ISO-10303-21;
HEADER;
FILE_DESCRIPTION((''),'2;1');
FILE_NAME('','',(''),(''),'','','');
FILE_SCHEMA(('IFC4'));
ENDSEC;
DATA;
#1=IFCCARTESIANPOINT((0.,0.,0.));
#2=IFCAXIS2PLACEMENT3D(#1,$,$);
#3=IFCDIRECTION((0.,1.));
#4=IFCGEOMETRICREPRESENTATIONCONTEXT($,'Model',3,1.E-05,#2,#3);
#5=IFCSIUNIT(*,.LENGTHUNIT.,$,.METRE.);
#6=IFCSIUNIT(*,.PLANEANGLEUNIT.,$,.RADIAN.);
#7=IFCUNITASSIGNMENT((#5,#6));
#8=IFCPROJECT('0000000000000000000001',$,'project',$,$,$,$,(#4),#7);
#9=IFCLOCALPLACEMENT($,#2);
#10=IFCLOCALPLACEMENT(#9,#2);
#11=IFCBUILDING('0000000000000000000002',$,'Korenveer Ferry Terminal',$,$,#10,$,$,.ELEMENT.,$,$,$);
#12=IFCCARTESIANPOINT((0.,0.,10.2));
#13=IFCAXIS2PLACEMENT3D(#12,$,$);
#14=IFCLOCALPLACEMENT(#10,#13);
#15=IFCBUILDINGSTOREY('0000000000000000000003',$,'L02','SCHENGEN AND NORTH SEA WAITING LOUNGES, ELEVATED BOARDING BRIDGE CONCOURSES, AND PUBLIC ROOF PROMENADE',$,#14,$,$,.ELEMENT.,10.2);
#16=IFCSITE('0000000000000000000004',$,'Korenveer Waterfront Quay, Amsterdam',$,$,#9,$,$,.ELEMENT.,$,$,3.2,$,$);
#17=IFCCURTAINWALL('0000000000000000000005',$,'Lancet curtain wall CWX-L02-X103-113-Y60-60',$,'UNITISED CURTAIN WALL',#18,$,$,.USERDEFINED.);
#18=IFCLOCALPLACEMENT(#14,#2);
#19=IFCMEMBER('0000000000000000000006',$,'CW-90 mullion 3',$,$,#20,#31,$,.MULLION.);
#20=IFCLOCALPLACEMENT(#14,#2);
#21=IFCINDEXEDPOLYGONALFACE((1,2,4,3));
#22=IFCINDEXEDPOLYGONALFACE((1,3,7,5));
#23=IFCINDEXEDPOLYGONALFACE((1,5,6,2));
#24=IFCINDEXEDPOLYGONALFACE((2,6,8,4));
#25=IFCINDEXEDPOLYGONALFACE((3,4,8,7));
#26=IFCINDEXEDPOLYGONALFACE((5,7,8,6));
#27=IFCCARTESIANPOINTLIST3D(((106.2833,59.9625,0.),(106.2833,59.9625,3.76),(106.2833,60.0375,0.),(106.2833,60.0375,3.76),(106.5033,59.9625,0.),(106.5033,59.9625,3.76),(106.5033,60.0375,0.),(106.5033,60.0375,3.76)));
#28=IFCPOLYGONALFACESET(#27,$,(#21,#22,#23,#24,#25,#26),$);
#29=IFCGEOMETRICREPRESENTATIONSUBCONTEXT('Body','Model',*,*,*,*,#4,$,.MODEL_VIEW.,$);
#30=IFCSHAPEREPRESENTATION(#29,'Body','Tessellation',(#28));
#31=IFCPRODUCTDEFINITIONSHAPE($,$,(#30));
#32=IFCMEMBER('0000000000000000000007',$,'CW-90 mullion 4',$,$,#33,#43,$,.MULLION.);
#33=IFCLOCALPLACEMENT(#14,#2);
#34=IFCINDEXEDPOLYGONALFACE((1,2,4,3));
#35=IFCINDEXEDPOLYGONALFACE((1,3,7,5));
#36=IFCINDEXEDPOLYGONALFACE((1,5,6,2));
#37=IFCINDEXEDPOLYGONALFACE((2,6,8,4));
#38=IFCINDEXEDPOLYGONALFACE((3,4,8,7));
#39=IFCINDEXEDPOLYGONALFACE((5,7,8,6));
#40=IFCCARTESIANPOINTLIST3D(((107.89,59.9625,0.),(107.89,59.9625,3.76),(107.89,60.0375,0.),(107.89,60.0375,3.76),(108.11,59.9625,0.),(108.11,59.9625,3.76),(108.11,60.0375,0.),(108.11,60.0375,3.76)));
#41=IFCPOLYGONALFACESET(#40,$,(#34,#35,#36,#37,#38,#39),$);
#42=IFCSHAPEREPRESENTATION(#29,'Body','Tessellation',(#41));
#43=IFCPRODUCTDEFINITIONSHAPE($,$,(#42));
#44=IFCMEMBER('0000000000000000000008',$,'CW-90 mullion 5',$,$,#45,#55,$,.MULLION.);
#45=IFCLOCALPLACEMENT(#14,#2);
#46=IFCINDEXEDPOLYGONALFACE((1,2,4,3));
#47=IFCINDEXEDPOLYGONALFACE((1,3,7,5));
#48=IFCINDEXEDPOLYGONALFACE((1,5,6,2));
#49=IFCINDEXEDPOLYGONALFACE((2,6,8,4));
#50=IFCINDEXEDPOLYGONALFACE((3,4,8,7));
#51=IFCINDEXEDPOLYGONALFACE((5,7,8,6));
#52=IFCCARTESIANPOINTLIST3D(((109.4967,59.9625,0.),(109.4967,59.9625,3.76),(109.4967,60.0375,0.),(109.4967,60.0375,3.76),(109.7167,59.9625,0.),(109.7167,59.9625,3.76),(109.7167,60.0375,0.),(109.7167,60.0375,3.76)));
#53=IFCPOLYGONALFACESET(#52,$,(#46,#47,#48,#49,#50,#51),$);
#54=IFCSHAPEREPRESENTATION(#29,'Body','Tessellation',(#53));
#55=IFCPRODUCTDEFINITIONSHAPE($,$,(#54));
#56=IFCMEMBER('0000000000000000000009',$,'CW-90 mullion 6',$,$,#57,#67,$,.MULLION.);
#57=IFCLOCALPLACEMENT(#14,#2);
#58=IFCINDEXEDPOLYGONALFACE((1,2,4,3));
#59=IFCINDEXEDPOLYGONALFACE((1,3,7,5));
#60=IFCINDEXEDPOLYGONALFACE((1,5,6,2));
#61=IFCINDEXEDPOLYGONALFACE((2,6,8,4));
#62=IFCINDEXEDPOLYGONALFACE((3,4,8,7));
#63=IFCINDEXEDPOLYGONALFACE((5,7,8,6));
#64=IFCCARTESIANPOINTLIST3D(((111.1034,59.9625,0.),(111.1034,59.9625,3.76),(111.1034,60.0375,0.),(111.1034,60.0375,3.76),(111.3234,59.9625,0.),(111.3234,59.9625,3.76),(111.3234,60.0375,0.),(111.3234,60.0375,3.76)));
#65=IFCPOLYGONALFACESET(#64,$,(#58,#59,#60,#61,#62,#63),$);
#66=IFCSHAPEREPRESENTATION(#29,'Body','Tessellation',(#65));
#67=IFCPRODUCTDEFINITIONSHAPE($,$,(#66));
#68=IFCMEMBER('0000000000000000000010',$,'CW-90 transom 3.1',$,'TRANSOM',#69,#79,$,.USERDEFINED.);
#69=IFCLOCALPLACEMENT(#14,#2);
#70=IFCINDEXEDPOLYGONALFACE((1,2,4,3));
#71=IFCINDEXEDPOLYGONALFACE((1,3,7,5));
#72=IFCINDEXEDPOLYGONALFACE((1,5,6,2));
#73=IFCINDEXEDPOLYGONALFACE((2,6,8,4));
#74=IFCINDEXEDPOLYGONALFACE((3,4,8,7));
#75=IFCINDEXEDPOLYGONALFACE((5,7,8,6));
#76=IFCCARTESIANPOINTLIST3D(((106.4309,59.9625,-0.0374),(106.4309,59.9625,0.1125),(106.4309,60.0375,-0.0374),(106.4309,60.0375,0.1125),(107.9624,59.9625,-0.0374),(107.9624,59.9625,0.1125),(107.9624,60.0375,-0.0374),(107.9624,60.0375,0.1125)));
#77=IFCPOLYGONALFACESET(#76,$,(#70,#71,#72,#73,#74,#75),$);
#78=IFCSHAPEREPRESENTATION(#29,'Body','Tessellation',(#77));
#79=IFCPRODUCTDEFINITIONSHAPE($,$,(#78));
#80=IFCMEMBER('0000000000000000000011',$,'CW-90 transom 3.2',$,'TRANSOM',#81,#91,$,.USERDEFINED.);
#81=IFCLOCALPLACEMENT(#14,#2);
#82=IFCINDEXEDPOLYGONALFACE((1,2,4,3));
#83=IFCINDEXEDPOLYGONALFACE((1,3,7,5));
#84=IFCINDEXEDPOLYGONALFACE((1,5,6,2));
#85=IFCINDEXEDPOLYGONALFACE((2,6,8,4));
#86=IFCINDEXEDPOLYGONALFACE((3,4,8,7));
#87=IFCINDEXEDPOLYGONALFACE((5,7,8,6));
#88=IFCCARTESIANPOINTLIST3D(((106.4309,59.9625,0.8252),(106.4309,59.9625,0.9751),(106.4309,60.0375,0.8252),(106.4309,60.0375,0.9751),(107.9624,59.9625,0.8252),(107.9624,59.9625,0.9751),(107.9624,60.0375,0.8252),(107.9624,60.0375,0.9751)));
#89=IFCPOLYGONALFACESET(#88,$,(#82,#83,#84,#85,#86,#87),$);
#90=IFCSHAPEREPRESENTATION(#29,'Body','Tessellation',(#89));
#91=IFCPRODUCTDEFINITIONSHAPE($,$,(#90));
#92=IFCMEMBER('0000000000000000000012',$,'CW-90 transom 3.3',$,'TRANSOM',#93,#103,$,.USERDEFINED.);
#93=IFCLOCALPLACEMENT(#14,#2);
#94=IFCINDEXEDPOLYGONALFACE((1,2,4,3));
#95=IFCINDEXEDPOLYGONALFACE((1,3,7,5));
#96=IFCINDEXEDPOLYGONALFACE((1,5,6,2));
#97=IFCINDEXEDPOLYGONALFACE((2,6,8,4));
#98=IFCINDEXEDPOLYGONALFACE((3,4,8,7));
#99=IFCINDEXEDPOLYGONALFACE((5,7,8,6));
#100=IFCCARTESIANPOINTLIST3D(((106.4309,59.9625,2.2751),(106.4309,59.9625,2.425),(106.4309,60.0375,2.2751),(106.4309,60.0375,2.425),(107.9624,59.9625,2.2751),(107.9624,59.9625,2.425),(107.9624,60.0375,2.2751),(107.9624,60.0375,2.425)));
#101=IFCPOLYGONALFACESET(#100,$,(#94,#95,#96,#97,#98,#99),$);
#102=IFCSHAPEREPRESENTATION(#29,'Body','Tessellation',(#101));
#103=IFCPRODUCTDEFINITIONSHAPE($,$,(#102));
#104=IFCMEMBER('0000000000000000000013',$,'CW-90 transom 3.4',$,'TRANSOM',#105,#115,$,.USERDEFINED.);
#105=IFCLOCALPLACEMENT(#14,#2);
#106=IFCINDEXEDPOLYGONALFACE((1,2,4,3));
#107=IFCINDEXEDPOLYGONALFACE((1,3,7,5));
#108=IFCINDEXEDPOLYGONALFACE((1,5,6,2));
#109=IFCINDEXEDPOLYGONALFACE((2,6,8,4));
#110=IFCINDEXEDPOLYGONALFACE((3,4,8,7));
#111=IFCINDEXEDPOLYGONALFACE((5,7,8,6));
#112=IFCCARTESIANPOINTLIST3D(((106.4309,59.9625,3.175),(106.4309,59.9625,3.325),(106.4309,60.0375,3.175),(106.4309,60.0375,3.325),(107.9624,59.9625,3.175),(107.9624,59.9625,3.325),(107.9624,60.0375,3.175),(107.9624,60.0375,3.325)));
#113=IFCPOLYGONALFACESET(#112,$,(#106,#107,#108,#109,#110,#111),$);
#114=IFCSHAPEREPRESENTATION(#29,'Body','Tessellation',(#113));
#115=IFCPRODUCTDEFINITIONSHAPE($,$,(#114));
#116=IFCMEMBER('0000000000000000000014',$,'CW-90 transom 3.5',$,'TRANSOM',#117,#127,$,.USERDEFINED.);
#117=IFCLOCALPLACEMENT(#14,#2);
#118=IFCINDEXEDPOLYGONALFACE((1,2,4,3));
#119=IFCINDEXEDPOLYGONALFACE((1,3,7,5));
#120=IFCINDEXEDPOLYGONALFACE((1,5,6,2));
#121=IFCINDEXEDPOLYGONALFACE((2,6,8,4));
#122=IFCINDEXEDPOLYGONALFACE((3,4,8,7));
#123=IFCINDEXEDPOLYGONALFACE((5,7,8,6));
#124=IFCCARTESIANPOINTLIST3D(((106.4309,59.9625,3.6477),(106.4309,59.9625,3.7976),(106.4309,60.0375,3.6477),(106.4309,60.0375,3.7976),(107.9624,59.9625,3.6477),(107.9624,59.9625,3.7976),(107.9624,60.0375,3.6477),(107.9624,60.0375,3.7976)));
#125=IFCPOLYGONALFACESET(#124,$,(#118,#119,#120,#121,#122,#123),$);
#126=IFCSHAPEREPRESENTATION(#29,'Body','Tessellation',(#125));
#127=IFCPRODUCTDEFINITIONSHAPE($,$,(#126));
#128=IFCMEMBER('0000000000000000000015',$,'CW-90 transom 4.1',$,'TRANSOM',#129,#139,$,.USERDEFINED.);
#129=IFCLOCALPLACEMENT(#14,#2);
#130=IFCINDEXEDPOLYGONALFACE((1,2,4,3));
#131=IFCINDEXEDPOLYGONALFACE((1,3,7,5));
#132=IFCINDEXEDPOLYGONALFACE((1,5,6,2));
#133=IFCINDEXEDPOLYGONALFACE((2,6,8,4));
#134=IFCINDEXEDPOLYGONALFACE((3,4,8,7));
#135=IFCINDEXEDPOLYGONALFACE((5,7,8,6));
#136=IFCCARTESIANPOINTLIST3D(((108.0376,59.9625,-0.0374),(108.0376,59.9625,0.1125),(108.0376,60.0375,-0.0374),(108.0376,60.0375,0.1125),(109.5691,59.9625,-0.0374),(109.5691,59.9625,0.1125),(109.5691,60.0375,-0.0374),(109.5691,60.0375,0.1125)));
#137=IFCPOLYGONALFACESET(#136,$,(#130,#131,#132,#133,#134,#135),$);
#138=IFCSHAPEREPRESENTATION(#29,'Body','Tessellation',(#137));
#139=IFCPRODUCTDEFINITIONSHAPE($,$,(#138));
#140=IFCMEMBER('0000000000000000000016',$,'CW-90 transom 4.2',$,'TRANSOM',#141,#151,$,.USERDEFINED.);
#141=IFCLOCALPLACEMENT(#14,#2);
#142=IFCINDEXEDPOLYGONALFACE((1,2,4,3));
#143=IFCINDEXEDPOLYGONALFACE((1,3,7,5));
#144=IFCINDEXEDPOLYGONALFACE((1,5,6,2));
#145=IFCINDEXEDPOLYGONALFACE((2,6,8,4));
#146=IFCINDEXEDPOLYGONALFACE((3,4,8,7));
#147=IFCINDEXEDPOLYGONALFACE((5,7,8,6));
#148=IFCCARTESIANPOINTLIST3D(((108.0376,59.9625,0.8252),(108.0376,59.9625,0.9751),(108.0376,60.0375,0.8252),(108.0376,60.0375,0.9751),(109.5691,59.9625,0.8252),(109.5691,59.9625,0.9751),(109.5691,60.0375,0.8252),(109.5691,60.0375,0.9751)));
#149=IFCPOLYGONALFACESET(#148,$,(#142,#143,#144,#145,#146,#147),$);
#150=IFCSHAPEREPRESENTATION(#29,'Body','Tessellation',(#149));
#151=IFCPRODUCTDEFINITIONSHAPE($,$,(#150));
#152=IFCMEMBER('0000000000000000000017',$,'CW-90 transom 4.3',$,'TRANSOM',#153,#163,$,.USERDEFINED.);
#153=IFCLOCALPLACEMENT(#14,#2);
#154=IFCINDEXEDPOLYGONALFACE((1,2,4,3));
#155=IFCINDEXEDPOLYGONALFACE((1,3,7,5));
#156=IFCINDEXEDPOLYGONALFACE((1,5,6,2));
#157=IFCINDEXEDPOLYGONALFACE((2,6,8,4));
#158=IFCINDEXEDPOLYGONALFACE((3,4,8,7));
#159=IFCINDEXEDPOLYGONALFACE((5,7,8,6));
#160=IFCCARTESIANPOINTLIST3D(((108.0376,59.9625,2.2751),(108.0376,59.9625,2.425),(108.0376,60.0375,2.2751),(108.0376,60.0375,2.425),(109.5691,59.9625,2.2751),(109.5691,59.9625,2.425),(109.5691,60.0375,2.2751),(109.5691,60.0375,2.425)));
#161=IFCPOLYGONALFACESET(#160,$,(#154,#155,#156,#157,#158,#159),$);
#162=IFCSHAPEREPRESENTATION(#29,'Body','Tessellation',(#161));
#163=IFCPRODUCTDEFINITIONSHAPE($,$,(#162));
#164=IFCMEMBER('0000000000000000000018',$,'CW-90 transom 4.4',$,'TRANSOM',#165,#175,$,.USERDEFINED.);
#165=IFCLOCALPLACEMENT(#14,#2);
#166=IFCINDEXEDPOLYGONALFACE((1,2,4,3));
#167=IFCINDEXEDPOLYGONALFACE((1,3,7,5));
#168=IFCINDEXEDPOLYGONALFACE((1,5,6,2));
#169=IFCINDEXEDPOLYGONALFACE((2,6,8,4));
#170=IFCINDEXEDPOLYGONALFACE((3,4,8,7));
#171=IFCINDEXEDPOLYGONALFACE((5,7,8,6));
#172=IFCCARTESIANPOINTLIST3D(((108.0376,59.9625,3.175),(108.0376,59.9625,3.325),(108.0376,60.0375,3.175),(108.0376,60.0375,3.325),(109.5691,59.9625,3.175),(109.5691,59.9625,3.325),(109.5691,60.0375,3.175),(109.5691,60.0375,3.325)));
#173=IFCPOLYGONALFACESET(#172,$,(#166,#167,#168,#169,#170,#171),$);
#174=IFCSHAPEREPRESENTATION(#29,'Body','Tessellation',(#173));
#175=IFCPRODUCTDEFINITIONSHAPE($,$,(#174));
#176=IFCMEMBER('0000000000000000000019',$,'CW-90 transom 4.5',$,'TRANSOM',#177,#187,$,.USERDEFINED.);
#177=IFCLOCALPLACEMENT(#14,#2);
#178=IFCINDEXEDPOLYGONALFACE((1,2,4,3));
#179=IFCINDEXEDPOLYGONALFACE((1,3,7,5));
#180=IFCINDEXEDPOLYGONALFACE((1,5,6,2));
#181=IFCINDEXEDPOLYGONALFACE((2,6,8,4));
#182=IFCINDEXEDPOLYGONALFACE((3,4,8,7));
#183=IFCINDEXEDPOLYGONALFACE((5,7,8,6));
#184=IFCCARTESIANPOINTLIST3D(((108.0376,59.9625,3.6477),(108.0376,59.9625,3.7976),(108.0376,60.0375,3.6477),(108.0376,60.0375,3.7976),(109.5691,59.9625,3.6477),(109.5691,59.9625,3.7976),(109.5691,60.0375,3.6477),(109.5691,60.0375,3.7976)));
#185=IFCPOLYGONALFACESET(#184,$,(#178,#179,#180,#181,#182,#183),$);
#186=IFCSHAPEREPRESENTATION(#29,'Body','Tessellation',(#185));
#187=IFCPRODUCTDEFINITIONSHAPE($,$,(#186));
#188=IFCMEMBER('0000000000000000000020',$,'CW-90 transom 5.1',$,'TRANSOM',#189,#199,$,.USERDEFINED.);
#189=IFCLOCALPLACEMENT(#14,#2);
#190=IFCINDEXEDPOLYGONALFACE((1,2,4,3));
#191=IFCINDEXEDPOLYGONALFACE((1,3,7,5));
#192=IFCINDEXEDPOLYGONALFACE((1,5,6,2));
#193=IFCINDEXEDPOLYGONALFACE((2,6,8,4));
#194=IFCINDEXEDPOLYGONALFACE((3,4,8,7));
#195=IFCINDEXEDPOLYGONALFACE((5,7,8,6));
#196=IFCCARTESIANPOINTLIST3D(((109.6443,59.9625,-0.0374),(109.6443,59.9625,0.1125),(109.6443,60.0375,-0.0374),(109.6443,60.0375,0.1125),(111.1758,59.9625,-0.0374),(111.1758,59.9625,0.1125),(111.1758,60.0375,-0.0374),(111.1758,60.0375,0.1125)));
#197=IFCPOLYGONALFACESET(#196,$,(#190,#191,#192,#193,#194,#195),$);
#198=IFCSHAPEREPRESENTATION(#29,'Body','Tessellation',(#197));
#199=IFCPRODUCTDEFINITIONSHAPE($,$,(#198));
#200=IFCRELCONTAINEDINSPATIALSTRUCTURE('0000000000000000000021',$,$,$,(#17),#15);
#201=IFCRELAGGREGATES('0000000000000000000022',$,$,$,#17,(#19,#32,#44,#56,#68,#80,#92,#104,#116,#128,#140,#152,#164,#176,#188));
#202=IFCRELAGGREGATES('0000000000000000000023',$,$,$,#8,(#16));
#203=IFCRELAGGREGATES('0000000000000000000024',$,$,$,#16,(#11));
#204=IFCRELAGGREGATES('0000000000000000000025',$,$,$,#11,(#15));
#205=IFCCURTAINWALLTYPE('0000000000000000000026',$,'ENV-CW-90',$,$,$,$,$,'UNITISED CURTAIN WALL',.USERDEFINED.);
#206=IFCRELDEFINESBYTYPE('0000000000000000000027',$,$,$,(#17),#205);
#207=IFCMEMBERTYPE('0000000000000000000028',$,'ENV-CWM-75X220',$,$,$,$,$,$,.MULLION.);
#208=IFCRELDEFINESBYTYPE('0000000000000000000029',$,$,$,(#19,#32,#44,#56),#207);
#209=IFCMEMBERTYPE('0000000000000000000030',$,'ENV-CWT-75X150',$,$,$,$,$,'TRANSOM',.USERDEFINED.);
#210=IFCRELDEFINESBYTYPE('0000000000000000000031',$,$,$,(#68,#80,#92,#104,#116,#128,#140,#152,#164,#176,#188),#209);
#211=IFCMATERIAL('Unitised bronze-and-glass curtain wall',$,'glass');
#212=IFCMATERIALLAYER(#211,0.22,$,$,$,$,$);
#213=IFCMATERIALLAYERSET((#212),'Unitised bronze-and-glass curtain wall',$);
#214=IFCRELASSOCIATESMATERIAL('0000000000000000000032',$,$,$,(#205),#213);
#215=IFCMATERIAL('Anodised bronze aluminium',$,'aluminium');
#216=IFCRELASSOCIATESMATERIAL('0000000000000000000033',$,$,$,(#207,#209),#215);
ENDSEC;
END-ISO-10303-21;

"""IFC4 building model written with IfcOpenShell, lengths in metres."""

from ifc_helpers import new_model, si_unit, direction, frame, origin, origin_2d, place, context, subcontext, project, spatial, rectangle, extrude, material, layer, layer_set, material_profile, profile_set, type_object, element, aggregate, save


model = new_model("IFC4")

# Units and contexts
model_context = context("Model", 3, precision=1e-05, world=origin(), true_north=direction((0.0, 1.0)))
body_context = subcontext(model_context, "Body", "Model", "MODEL_VIEW")
ifc_project = project(units=[si_unit("LENGTHUNIT", "METRE"), si_unit("PLANEANGLEUNIT", "RADIAN")], contexts=[model_context])

# Site, building, storey
site_placement = place(None, origin())
site = spatial("IfcSite", under=ifc_project, at=site_placement, Name="Korenveer Waterfront Quay, Amsterdam", CompositionType="ELEMENT", RefElevation=3.2)
building_placement = place(site_placement, origin())
building = spatial("IfcBuilding", under=site, at=building_placement, Name="Korenveer Ferry Terminal", CompositionType="ELEMENT")
storey_placement = place(building_placement, frame((0.0, 0.0, 10.2)))
storey = spatial("IfcBuildingStorey", under=building, at=storey_placement, Name="L02", Description="SCHENGEN AND NORTH SEA WAITING LOUNGES, ELEVATED BOARDING BRIDGE CONCOURSES, AND PUBLIC ROOF PROMENADE", CompositionType="ELEMENT", Elevation=10.2)

# Curtain wall, members
ifc_material_1 = material(Name="Unitised bronze-and-glass curtain wall", Category="glass")
ifc_layer_1 = layer(ifc_material_1, 0.22)
ifc_layer_set_1 = layer_set([ifc_layer_1], Name="Unitised bronze-and-glass curtain wall")
curtain_wall_type = type_object("IfcCurtainWallType", Name="ENV-CW-90", ElementType="UNITISED CURTAIN WALL", PredefinedType="USERDEFINED", material=ifc_layer_set_1)
curtain_wall_placement = place(storey_placement, frame((103.1799, 60.0, 0.0)))
curtain_wall = element("IfcCurtainWall", 1, at=curtain_wall_placement, inside=storey, type_object=curtain_wall_type, Name="Lancet curtain wall CWX-L02-X103-113-Y60-60", ObjectType="UNITISED CURTAIN WALL", PredefinedType="USERDEFINED")
ifc_material_2 = material(Name="Anodised bronze aluminium", Category="aluminium")
ifc_material_profile_1 = material_profile(ifc_material_2, rectangle(XDim=0.075, YDim=0.22, at=origin_2d()), Name="ALU 75x220")
ifc_profile_set_1 = profile_set([ifc_material_profile_1], Name="Anodised bronze aluminium")
member_type_1 = type_object("IfcMemberType", Name="ENV-CWM-75X220", PredefinedType="MULLION", material=ifc_profile_set_1)
member_1_placement = place(storey_placement, frame((106.3933, 60.0, 0.0), z_axis=(0.0, 0.0, 1.0), x_axis=(0.0, 1.0, 0.0)))
member_1 = element("IfcMember", 2, at=member_1_placement, type_object=member_type_1, Name="CW-90 mullion 3", PredefinedType="MULLION", context=body_context, shape_type="SweptSolid", body=[
    extrude(rectangle(XDim=0.075, YDim=0.22, at=origin_2d()), origin(), (0.0, 0.0, 1.0), 3.76),
])
member_2_placement = place(storey_placement, frame((108.0, 60.0, 0.0), z_axis=(0.0, 0.0, 1.0), x_axis=(0.0, 1.0, 0.0)))
member_2 = element("IfcMember", 3, at=member_2_placement, type_object=member_type_1, Name="CW-90 mullion 4", PredefinedType="MULLION", context=body_context, shape_type="SweptSolid", body=[
    extrude(rectangle(XDim=0.075, YDim=0.22, at=origin_2d()), origin(), (0.0, 0.0, 1.0), 3.76),
])
member_3_placement = place(storey_placement, frame((109.6067, 60.0, 0.0), z_axis=(0.0, 0.0, 1.0), x_axis=(0.0, 1.0, 0.0)))
member_3 = element("IfcMember", 4, at=member_3_placement, type_object=member_type_1, Name="CW-90 mullion 5", PredefinedType="MULLION", context=body_context, shape_type="SweptSolid", body=[
    extrude(rectangle(XDim=0.075, YDim=0.22, at=origin_2d()), origin(), (0.0, 0.0, 1.0), 3.76),
])
member_4_placement = place(storey_placement, frame((111.2134, 60.0, 0.0), z_axis=(0.0, 0.0, 1.0), x_axis=(0.0, 1.0, 0.0)))
member_4 = element("IfcMember", 5, at=member_4_placement, type_object=member_type_1, Name="CW-90 mullion 6", PredefinedType="MULLION", context=body_context, shape_type="SweptSolid", body=[
    extrude(rectangle(XDim=0.075, YDim=0.22, at=origin_2d()), origin(), (0.0, 0.0, 1.0), 3.76),
])
ifc_material_profile_2 = material_profile(ifc_material_2, rectangle(XDim=0.075, YDim=0.1499, at=origin_2d()), Name="ALU 75x150")
ifc_profile_set_2 = profile_set([ifc_material_profile_2], Name="Anodised bronze aluminium")
member_type_2 = type_object("IfcMemberType", Name="ENV-CWT-75X150", ElementType="TRANSOM", PredefinedType="USERDEFINED", material=ifc_profile_set_2)
member_5_placement = place(storey_placement, frame((106.4309, 60.0, 0.0376), z_axis=(1.0, 0.0, 0.0), x_axis=(0.0, 1.0, 0.0)))
member_5 = element("IfcMember", 6, at=member_5_placement, type_object=member_type_2, Name="CW-90 transom 3.1", ObjectType="TRANSOM", PredefinedType="USERDEFINED", context=body_context, shape_type="SweptSolid", body=[
    extrude(rectangle(XDim=0.075, YDim=0.1499, at=origin_2d()), origin(), (0.0, 0.0, 1.0), 1.5315),
])
member_6_placement = place(storey_placement, frame((106.4309, 60.0, 0.9001), z_axis=(1.0, 0.0, 0.0), x_axis=(0.0, 1.0, 0.0)))
member_6 = element("IfcMember", 7, at=member_6_placement, type_object=member_type_2, Name="CW-90 transom 3.2", ObjectType="TRANSOM", PredefinedType="USERDEFINED", context=body_context, shape_type="SweptSolid", body=[
    extrude(rectangle(XDim=0.075, YDim=0.1499, at=origin_2d()), origin(), (0.0, 0.0, 1.0), 1.5315),
])
member_7_placement = place(storey_placement, frame((106.4309, 60.0, 2.3501), z_axis=(1.0, 0.0, 0.0), x_axis=(0.0, 1.0, 0.0)))
member_7 = element("IfcMember", 8, at=member_7_placement, type_object=member_type_2, Name="CW-90 transom 3.3", ObjectType="TRANSOM", PredefinedType="USERDEFINED", context=body_context, shape_type="SweptSolid", body=[
    extrude(rectangle(XDim=0.075, YDim=0.1499, at=origin_2d()), origin(), (0.0, 0.0, 1.0), 1.5315),
])
member_8_placement = place(storey_placement, frame((106.4309, 60.0, 3.25), z_axis=(1.0, 0.0, 0.0), x_axis=(0.0, 1.0, 0.0)))
member_8 = element("IfcMember", 9, at=member_8_placement, type_object=member_type_2, Name="CW-90 transom 3.4", ObjectType="TRANSOM", PredefinedType="USERDEFINED", context=body_context, shape_type="SweptSolid", body=[
    extrude(rectangle(XDim=0.075, YDim=0.1499, at=origin_2d()), origin(), (0.0, 0.0, 1.0), 1.5315),
])
member_9_placement = place(storey_placement, frame((106.4309, 60.0, 3.7227), z_axis=(1.0, 0.0, 0.0), x_axis=(0.0, 1.0, 0.0)))
member_9 = element("IfcMember", 10, at=member_9_placement, type_object=member_type_2, Name="CW-90 transom 3.5", ObjectType="TRANSOM", PredefinedType="USERDEFINED", context=body_context, shape_type="SweptSolid", body=[
    extrude(rectangle(XDim=0.075, YDim=0.1499, at=origin_2d()), origin(), (0.0, 0.0, 1.0), 1.5315),
])
member_10_placement = place(storey_placement, frame((108.0376, 60.0, 0.0376), z_axis=(1.0, 0.0, 0.0), x_axis=(0.0, 1.0, 0.0)))
member_10 = element("IfcMember", 11, at=member_10_placement, type_object=member_type_2, Name="CW-90 transom 4.1", ObjectType="TRANSOM", PredefinedType="USERDEFINED", context=body_context, shape_type="SweptSolid", body=[
    extrude(rectangle(XDim=0.075, YDim=0.1499, at=origin_2d()), origin(), (0.0, 0.0, 1.0), 1.5315),
])
member_11_placement = place(storey_placement, frame((108.0376, 60.0, 0.9001), z_axis=(1.0, 0.0, 0.0), x_axis=(0.0, 1.0, 0.0)))
member_11 = element("IfcMember", 12, at=member_11_placement, type_object=member_type_2, Name="CW-90 transom 4.2", ObjectType="TRANSOM", PredefinedType="USERDEFINED", context=body_context, shape_type="SweptSolid", body=[
    extrude(rectangle(XDim=0.075, YDim=0.1499, at=origin_2d()), origin(), (0.0, 0.0, 1.0), 1.5315),
])
member_12_placement = place(storey_placement, frame((108.0376, 60.0, 2.3501), z_axis=(1.0, 0.0, 0.0), x_axis=(0.0, 1.0, 0.0)))
member_12 = element("IfcMember", 13, at=member_12_placement, type_object=member_type_2, Name="CW-90 transom 4.3", ObjectType="TRANSOM", PredefinedType="USERDEFINED", context=body_context, shape_type="SweptSolid", body=[
    extrude(rectangle(XDim=0.075, YDim=0.1499, at=origin_2d()), origin(), (0.0, 0.0, 1.0), 1.5315),
])
member_13_placement = place(storey_placement, frame((108.0376, 60.0, 3.25), z_axis=(1.0, 0.0, 0.0), x_axis=(0.0, 1.0, 0.0)))
member_13 = element("IfcMember", 14, at=member_13_placement, type_object=member_type_2, Name="CW-90 transom 4.4", ObjectType="TRANSOM", PredefinedType="USERDEFINED", context=body_context, shape_type="SweptSolid", body=[
    extrude(rectangle(XDim=0.075, YDim=0.1499, at=origin_2d()), origin(), (0.0, 0.0, 1.0), 1.5315),
])
member_14_placement = place(storey_placement, frame((108.0376, 60.0, 3.7227), z_axis=(1.0, 0.0, 0.0), x_axis=(0.0, 1.0, 0.0)))
member_14 = element("IfcMember", 15, at=member_14_placement, type_object=member_type_2, Name="CW-90 transom 4.5", ObjectType="TRANSOM", PredefinedType="USERDEFINED", context=body_context, shape_type="SweptSolid", body=[
    extrude(rectangle(XDim=0.075, YDim=0.1499, at=origin_2d()), origin(), (0.0, 0.0, 1.0), 1.5315),
])
member_15_placement = place(storey_placement, frame((109.6443, 60.0, 0.0376), z_axis=(1.0, 0.0, 0.0), x_axis=(0.0, 1.0, 0.0)))
member_15 = element("IfcMember", 16, at=member_15_placement, type_object=member_type_2, Name="CW-90 transom 5.1", ObjectType="TRANSOM", PredefinedType="USERDEFINED", context=body_context, shape_type="SweptSolid", body=[
    extrude(rectangle(XDim=0.075, YDim=0.1499, at=origin_2d()), origin(), (0.0, 0.0, 1.0), 1.5315),
])
aggregate(curtain_wall, [member_1, member_2, member_3, member_4, member_5, member_6, member_7, member_8, member_9, member_10, member_11, member_12, member_13, member_14, member_15])

save(model, "model.ifc")
